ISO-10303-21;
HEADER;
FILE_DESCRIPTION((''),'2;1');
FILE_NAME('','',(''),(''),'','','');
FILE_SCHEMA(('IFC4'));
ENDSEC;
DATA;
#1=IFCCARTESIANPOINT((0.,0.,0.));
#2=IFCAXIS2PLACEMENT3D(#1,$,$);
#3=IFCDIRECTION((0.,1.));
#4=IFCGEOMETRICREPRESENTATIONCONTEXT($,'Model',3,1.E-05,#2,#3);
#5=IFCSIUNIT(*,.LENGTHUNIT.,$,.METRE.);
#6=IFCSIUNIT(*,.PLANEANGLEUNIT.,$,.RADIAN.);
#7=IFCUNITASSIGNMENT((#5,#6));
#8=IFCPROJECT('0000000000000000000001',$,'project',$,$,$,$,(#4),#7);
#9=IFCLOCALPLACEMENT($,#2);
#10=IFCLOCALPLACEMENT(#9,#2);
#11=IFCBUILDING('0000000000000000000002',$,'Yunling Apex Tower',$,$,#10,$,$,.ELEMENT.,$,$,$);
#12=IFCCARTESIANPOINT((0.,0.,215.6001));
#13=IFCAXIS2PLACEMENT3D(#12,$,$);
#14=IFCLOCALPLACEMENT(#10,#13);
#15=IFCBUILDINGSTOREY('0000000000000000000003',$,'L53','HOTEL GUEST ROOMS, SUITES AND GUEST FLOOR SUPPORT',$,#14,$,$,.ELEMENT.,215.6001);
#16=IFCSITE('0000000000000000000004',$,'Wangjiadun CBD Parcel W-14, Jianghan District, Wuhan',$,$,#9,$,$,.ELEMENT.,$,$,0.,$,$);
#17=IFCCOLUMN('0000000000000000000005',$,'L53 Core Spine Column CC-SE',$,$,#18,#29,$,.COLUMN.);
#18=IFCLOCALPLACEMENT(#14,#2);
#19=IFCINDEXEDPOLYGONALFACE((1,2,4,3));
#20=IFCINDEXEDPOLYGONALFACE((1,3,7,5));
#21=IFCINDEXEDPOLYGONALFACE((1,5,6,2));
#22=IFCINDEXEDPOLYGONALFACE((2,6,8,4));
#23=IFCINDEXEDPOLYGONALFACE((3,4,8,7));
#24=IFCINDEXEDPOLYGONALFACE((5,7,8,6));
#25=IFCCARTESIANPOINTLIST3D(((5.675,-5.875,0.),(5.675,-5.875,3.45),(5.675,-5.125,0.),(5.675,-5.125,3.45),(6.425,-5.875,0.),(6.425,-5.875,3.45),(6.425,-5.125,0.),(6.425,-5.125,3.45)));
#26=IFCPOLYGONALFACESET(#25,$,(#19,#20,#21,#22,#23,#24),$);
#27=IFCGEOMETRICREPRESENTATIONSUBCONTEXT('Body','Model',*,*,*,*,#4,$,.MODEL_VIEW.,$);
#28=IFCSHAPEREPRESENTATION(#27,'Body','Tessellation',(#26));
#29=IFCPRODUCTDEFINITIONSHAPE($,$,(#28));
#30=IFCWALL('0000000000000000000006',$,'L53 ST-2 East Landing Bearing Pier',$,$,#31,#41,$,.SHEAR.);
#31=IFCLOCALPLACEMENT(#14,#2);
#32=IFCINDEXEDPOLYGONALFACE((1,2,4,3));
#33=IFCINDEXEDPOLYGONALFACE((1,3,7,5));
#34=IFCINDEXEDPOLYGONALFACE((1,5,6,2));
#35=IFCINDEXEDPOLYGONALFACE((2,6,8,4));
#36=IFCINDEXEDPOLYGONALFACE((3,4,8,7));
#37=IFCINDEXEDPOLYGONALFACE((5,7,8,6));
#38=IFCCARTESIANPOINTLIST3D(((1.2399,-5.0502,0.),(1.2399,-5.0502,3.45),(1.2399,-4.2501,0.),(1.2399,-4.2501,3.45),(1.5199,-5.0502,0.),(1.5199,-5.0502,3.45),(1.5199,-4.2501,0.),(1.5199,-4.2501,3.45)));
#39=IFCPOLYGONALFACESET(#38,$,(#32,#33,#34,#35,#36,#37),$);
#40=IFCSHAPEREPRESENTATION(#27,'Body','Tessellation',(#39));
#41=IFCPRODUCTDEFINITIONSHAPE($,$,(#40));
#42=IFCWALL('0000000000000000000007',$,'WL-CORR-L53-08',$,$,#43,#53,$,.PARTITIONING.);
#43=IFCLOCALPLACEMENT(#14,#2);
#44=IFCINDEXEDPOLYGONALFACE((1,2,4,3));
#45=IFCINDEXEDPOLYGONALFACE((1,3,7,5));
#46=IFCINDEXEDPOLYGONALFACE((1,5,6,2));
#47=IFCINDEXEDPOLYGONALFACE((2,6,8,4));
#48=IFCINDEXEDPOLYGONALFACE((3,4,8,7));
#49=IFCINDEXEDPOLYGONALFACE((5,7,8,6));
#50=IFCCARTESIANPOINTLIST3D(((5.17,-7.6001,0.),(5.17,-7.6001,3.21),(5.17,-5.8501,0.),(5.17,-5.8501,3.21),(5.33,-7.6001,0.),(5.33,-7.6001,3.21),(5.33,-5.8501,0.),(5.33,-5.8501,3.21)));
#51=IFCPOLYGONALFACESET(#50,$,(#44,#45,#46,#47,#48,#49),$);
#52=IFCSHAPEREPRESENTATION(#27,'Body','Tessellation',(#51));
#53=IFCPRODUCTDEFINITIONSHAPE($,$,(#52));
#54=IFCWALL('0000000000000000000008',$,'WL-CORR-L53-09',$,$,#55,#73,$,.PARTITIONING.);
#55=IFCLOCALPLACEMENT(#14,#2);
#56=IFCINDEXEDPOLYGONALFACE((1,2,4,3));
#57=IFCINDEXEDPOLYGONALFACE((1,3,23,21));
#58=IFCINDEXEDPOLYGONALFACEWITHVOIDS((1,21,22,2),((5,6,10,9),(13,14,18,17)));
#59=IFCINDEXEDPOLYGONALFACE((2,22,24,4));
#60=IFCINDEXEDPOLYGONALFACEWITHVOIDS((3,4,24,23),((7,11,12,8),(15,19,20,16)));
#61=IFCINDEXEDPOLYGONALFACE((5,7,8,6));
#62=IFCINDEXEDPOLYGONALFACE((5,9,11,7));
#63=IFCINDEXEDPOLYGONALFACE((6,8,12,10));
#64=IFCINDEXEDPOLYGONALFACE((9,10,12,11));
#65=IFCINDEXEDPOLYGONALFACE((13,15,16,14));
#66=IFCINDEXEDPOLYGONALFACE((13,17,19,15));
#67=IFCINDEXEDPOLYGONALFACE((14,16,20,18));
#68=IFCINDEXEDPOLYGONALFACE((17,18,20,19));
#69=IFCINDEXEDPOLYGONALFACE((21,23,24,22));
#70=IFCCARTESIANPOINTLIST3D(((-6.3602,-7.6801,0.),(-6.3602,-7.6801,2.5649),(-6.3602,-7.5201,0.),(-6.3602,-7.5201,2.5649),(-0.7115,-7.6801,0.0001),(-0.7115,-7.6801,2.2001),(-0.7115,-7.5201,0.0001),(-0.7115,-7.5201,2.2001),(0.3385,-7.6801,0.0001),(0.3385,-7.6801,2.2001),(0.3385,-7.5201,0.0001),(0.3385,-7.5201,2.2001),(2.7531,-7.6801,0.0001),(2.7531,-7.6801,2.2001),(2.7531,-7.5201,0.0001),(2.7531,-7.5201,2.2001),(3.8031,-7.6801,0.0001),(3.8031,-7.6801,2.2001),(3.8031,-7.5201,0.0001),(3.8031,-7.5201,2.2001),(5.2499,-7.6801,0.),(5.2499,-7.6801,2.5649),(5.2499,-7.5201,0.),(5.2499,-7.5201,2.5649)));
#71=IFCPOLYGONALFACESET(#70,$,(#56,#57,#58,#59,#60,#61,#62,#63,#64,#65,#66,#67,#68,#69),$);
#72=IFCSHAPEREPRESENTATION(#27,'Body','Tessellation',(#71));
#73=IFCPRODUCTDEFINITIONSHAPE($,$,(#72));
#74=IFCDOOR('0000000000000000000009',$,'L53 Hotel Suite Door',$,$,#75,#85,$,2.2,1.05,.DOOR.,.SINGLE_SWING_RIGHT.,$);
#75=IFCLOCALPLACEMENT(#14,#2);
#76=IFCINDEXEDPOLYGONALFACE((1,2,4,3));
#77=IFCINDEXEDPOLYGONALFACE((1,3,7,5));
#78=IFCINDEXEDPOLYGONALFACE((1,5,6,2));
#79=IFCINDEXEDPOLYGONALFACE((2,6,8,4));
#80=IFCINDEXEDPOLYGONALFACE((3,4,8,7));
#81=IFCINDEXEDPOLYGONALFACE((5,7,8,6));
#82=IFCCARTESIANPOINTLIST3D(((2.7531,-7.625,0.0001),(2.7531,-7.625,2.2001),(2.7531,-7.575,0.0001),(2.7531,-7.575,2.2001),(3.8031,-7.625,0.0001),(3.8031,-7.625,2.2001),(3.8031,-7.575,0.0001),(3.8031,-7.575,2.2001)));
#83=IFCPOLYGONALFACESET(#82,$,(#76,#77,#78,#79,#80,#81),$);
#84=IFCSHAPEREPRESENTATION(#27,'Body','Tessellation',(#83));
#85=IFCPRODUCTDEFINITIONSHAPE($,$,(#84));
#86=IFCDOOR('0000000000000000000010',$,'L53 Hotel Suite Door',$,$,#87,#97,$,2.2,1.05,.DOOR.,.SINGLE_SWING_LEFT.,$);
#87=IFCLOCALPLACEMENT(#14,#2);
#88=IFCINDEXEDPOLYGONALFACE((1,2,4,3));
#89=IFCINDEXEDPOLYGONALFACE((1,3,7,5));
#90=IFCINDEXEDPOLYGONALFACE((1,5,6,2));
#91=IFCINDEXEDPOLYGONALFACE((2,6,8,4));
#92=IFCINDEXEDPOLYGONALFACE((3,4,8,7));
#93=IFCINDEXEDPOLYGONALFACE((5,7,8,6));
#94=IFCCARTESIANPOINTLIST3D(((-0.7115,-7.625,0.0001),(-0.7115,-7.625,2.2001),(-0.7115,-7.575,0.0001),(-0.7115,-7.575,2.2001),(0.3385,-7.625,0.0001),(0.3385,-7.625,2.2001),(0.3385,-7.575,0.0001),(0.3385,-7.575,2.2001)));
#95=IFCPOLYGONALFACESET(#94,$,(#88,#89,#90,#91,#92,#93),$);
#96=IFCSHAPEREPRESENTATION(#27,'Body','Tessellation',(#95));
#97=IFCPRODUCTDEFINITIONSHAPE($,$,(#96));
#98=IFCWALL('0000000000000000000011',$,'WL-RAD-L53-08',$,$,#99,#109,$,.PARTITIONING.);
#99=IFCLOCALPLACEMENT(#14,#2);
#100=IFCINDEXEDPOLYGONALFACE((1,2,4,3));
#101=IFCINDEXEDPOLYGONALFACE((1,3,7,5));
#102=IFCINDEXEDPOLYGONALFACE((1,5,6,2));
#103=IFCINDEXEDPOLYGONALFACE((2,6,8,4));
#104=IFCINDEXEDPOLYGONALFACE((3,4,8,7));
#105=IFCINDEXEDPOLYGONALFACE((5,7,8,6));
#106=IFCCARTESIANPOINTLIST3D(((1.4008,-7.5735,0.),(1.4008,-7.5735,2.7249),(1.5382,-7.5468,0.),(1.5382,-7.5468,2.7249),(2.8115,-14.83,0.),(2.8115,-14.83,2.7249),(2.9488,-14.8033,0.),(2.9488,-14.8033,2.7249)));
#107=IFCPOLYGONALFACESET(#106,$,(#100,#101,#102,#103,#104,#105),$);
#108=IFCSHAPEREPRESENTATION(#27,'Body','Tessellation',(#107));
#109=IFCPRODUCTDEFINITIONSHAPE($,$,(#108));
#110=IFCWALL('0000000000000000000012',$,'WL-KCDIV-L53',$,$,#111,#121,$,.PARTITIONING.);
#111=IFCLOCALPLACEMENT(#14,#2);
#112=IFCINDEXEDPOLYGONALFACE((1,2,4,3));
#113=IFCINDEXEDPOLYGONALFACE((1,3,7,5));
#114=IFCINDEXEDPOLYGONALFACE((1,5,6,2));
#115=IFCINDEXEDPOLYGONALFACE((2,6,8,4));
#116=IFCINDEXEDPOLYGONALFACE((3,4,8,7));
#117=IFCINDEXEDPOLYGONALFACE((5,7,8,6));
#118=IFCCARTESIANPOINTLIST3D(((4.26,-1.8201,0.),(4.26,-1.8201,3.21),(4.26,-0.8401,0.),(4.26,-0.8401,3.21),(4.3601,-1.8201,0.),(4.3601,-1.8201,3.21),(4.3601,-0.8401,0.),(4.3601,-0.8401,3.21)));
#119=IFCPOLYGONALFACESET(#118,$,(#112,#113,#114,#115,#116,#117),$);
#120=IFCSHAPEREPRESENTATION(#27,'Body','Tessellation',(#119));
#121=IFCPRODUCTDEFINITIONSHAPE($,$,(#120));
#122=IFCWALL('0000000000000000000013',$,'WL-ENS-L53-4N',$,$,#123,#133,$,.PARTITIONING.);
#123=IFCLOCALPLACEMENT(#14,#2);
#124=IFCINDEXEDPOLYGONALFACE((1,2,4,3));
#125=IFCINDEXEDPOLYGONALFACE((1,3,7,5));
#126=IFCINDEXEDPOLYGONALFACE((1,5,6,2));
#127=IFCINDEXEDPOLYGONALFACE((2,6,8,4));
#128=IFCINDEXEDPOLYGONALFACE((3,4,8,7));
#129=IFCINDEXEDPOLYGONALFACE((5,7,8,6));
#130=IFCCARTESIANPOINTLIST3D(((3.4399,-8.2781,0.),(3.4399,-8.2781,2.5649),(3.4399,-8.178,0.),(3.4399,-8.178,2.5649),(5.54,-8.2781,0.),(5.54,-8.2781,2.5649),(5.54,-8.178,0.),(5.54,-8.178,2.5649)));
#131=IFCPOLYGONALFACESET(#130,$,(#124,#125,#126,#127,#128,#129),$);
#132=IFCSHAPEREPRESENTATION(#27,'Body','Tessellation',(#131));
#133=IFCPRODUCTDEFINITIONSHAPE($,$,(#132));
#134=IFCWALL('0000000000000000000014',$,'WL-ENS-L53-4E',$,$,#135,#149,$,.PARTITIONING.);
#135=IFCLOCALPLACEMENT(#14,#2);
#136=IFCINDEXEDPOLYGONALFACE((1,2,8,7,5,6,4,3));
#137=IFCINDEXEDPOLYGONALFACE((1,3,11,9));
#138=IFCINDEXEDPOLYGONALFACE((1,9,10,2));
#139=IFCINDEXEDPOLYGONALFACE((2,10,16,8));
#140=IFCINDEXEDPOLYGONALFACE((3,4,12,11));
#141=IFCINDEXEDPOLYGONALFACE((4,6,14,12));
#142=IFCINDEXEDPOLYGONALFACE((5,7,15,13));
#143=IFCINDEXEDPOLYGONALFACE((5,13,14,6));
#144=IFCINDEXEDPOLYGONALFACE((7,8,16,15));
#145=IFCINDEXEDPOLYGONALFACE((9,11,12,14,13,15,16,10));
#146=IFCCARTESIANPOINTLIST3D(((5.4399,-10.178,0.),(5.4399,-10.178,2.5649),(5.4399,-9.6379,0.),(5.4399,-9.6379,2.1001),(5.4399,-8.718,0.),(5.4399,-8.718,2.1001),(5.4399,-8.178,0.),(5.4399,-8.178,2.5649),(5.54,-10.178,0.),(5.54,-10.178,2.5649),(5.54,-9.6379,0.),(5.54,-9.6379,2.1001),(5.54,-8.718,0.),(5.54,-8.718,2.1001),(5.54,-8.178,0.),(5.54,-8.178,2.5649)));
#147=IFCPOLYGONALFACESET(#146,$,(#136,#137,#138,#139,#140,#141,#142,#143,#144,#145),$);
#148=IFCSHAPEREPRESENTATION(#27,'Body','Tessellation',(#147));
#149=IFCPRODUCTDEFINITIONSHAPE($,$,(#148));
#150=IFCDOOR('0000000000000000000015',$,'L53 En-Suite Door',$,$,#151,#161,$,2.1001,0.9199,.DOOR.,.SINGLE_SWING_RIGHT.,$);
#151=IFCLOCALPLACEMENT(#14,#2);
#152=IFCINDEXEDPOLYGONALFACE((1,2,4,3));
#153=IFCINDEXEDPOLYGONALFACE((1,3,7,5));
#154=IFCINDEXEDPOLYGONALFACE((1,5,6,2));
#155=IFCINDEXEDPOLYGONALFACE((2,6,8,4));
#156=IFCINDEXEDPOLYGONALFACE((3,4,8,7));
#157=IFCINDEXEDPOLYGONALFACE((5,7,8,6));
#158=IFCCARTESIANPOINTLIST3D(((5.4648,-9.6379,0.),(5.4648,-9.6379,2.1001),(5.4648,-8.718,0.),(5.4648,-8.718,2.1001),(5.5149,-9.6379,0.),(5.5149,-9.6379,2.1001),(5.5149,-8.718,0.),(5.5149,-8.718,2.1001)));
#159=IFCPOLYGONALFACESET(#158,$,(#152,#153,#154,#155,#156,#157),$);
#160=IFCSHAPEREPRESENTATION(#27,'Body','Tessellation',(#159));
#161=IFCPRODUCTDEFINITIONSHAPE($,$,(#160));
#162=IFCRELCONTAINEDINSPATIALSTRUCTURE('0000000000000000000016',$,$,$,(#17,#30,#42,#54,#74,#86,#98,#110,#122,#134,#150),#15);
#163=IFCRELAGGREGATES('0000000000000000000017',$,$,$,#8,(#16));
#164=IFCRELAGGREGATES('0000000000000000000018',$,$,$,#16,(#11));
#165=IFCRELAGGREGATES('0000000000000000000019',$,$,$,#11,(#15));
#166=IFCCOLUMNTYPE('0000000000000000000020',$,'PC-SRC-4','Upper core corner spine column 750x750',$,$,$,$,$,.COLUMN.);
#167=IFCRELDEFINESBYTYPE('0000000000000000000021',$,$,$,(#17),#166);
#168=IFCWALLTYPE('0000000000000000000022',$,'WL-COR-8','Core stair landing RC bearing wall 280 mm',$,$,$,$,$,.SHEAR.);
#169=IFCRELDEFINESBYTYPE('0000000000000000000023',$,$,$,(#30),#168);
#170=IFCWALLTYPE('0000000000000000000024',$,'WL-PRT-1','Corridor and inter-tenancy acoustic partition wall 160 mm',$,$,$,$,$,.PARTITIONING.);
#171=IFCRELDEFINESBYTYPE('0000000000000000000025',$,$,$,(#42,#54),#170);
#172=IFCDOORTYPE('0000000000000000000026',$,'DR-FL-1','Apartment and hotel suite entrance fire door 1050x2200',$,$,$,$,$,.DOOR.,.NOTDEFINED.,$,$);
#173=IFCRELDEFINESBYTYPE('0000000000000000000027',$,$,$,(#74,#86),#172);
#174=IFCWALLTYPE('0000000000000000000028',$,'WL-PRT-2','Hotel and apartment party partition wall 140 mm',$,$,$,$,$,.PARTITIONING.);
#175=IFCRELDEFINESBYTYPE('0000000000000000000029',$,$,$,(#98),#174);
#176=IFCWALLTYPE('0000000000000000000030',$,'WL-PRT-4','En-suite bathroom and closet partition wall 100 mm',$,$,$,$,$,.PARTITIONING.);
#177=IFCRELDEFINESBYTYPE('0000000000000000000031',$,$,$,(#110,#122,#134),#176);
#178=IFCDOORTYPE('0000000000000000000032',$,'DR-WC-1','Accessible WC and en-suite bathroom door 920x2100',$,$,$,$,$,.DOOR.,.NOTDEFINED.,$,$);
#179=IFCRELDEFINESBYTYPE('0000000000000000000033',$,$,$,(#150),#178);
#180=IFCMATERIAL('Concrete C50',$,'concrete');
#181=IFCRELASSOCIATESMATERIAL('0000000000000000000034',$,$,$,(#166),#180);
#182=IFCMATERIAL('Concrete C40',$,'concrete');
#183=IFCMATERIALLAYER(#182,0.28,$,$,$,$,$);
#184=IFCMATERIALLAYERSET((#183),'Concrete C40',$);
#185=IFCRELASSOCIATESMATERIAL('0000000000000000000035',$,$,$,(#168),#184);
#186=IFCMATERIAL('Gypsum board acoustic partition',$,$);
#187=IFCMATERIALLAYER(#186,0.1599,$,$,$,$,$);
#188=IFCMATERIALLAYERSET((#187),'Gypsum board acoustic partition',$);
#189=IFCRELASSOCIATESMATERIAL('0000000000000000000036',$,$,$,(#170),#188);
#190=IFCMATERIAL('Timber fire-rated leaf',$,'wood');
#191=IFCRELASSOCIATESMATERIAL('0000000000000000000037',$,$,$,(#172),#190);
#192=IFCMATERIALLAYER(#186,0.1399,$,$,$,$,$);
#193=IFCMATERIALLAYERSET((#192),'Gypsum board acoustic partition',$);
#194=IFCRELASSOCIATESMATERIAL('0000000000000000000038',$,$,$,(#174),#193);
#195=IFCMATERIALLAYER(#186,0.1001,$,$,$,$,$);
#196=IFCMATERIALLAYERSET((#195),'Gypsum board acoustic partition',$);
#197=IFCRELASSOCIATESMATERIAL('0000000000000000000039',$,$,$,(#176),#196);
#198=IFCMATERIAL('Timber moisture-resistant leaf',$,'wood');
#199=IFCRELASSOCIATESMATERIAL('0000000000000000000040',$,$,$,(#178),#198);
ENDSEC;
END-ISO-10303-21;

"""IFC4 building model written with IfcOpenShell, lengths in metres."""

from ifc_helpers import new_model, si_unit, direction, frame, frame_2d, origin, origin_2d, place, context, subcontext, project, spatial, rectangle, extrude, source, transform, mapped, material, layer, layer_set, material_profile, profile_set, type_object, element, fill, save


model = new_model("IFC4")

# Units and contexts
model_context = context("Model", 3, precision=1e-05, world=origin(), true_north=direction((0.0, 1.0)))
body_context = subcontext(model_context, "Body", "Model", "MODEL_VIEW")
ifc_project = project(units=[si_unit("LENGTHUNIT", "METRE"), si_unit("PLANEANGLEUNIT", "RADIAN")], contexts=[model_context])

# Site, building, storey
site_placement = place(None, origin())
site = spatial("IfcSite", under=ifc_project, at=site_placement, Name="Wangjiadun CBD Parcel W-14, Jianghan District, Wuhan", CompositionType="ELEMENT", RefElevation=0.0)
building_placement = place(site_placement, origin())
building = spatial("IfcBuilding", under=site, at=building_placement, Name="Yunling Apex Tower", CompositionType="ELEMENT")
storey_placement = place(building_placement, frame((0.0, 0.0, 215.6001)))
storey = spatial("IfcBuildingStorey", under=building, at=storey_placement, Name="L53", Description="HOTEL GUEST ROOMS, SUITES AND GUEST FLOOR SUPPORT", CompositionType="ELEMENT", Elevation=215.6001)

# Column
ifc_material_1 = material(Name="Concrete C50", Category="concrete")
ifc_material_profile = material_profile(ifc_material_1, rectangle(XDim=0.75, YDim=0.75, at=origin_2d()))
ifc_profile_set = profile_set([ifc_material_profile], Name="Concrete C50")
column_type = type_object("IfcColumnType", Name="PC-SRC-4", Description="Upper core corner spine column 750x750", PredefinedType="COLUMN", material=ifc_profile_set)
shared_shape = source(origin(), body_context, "Body", "SweptSolid", [
    extrude(rectangle(XDim=0.75, YDim=0.75, at=origin_2d()), origin(), (0.0, 0.0, 1.0), 3.45),
])
column_placement = place(storey_placement, frame((6.05, -5.5, 0.0), z_axis=(0.0, 0.0, 1.0), x_axis=(1.0, 0.0, 0.0)))
element("IfcColumn", 1, at=column_placement, inside=storey, type_object=column_type, Name="L53 Core Spine Column CC-SE", PredefinedType="COLUMN", context=body_context, shape_type="MappedRepresentation", body=[
    mapped(shared_shape, transform((0.0, 0.0, 0.0), scale=1.0)),
])

# Walls
ifc_material_2 = material(Name="Concrete C40", Category="concrete")
ifc_layer_1 = layer(ifc_material_2, 0.28)
ifc_layer_set_1 = layer_set([ifc_layer_1], Name="Concrete C40")
wall_type_1 = type_object("IfcWallType", Name="WL-COR-8", Description="Core stair landing RC bearing wall 280 mm", PredefinedType="SHEAR", material=ifc_layer_set_1)
wall_1_placement = place(storey_placement, frame((1.3799, -5.05, 0.0), z_axis=(0.0, 0.0, 1.0), x_axis=(0.0, 1.0, 0.0)))
element("IfcWall", 2, at=wall_1_placement, inside=storey, type_object=wall_type_1, Name="L53 ST-2 East Landing Bearing Pier", PredefinedType="SHEAR", context=body_context, shape_type="SweptSolid", body=[
    extrude(rectangle(XDim=0.8, YDim=0.28, at=frame_2d((0.3999, 0.0))), origin(), (0.0, 0.0, 1.0), 3.45),
])
ifc_material_3 = material(Name="Gypsum board acoustic partition")
ifc_layer_2 = layer(ifc_material_3, 0.1599)
ifc_layer_set_2 = layer_set([ifc_layer_2], Name="Gypsum board acoustic partition")
wall_type_2 = type_object("IfcWallType", Name="WL-PRT-1", Description="Corridor and inter-tenancy acoustic partition wall 160 mm", PredefinedType="PARTITIONING", material=ifc_layer_set_2)
wall_2_placement = place(storey_placement, frame((5.25, -5.8501, 0.0), z_axis=(0.0, 0.0, 1.0), x_axis=(0.0, -1.0, 0.0)))
element("IfcWall", 3, at=wall_2_placement, inside=storey, type_object=wall_type_2, Name="WL-CORR-L53-08", PredefinedType="PARTITIONING", context=body_context, shape_type="SweptSolid", body=[
    extrude(rectangle(XDim=1.75, YDim=0.1599, at=frame_2d((0.875, 0.0))), origin(), (0.0, 0.0, 1.0), 3.21),
])

# Wall, openings, doors
wall_3_placement = place(storey_placement, frame((5.25, -7.6001, 0.0), z_axis=(0.0, 0.0, 1.0), x_axis=(-1.0, 0.0, 0.0)))
wall_3 = element("IfcWall", 4, at=wall_3_placement, inside=storey, type_object=wall_type_2, Name="WL-CORR-L53-09", PredefinedType="PARTITIONING", context=body_context, shape_type="SweptSolid", body=[
    extrude(rectangle(XDim=11.6101, YDim=0.1599, at=frame_2d((5.8052, 0.0))), origin(), (0.0, 0.0, 1.0), 2.5649),
])
opening_1_placement = place(wall_3_placement, frame((1.447, 0.0, 0.0)))
opening_1 = element("IfcOpeningElement", 5, at=opening_1_placement, cuts=wall_3, PredefinedType="OPENING", context=body_context, shape_type="SweptSolid", body=[
    extrude(rectangle(XDim=1.05, YDim=2.2, at=frame_2d((0.5249, 1.1001))), frame((0.0, 0.0898, 0.0), z_axis=(0.0, -1.0, 0.0), x_axis=(1.0, 0.0, 0.0)), (0.0, 0.0, 1.0), 0.1799),
])
opening_2_placement = place(wall_3_placement, frame((4.9116, 0.0, 0.0)))
opening_2 = element("IfcOpeningElement", 6, at=opening_2_placement, cuts=wall_3, PredefinedType="OPENING", context=body_context, shape_type="SweptSolid", body=[
    extrude(rectangle(XDim=1.05, YDim=2.2, at=frame_2d((0.5249, 1.1001))), frame((0.0, 0.0898, 0.0), z_axis=(0.0, -1.0, 0.0), x_axis=(1.0, 0.0, 0.0)), (0.0, 0.0, 1.0), 0.1799),
])
ifc_material_4 = material(Name="Timber fire-rated leaf", Category="wood")
door_type_1 = type_object("IfcDoorType", Name="DR-FL-1", Description="Apartment and hotel suite entrance fire door 1050x2200", OperationType="NOTDEFINED", PredefinedType="DOOR", material=ifc_material_4)
door_1_placement = place(opening_1_placement, origin())
door_1 = element("IfcDoor", 7, at=door_1_placement, inside=storey, type_object=door_type_1, Name="L53 Hotel Suite Door", OperationType="SINGLE_SWING_RIGHT", OverallHeight=2.2, OverallWidth=1.05, PredefinedType="DOOR", context=body_context, shape_type="SweptSolid", body=[
    extrude(rectangle(XDim=1.05, YDim=2.2, at=frame_2d((0.5249, 1.1001))), frame((0.0, 0.0249, 0.0), z_axis=(0.0, -1.0, 0.0), x_axis=(1.0, 0.0, 0.0)), (0.0, 0.0, 1.0), 0.05),
])
fill(opening_1, door_1)
door_2_placement = place(opening_2_placement, origin())
door_2 = element("IfcDoor", 8, at=door_2_placement, inside=storey, type_object=door_type_1, Name="L53 Hotel Suite Door", OperationType="SINGLE_SWING_LEFT", OverallHeight=2.2, OverallWidth=1.05, PredefinedType="DOOR", context=body_context, shape_type="SweptSolid", body=[
    extrude(rectangle(XDim=1.05, YDim=2.2, at=frame_2d((0.5249, 1.1001))), frame((0.0, 0.0249, 0.0), z_axis=(0.0, -1.0, 0.0), x_axis=(1.0, 0.0, 0.0)), (0.0, 0.0, 1.0), 0.05),
])
fill(opening_2, door_2)

# Walls
ifc_layer_3 = layer(ifc_material_3, 0.1399)
ifc_layer_set_3 = layer_set([ifc_layer_3], Name="Gypsum board acoustic partition")
wall_type_3 = type_object("IfcWallType", Name="WL-PRT-2", Description="Hotel and apartment party partition wall 140 mm", PredefinedType="PARTITIONING", material=ifc_layer_set_3)
wall_4_placement = place(storey_placement, frame((1.4695, -7.5601, 0.0), z_axis=(0.0, 0.0, 1.0), x_axis=(0.190823, -0.981624, 0.0)))
element("IfcWall", 9, at=wall_4_placement, inside=storey, type_object=wall_type_3, Name="WL-RAD-L53-08", PredefinedType="PARTITIONING", context=body_context, shape_type="SweptSolid", body=[
    extrude(rectangle(XDim=7.3923, YDim=0.1399, at=frame_2d((3.6963, 0.0))), origin(), (0.0, 0.0, 1.0), 2.7249),
])
ifc_layer_4 = layer(ifc_material_3, 0.1001)
ifc_layer_set_4 = layer_set([ifc_layer_4], Name="Gypsum board acoustic partition")
wall_type_4 = type_object("IfcWallType", Name="WL-PRT-4", Description="En-suite bathroom and closet partition wall 100 mm", PredefinedType="PARTITIONING", material=ifc_layer_set_4)
wall_5_placement = place(storey_placement, frame((4.3101, -1.8201, 0.0), z_axis=(0.0, 0.0, 1.0), x_axis=(0.0, 1.0, 0.0)))
element("IfcWall", 10, at=wall_5_placement, inside=storey, type_object=wall_type_4, Name="WL-KCDIV-L53", PredefinedType="PARTITIONING", context=body_context, shape_type="SweptSolid", body=[
    extrude(rectangle(XDim=0.98, YDim=0.1001, at=frame_2d((0.49, 0.0))), origin(), (0.0, 0.0, 1.0), 3.21),
])
wall_6_placement = place(storey_placement, frame((3.4399, -8.228, 0.0), z_axis=(0.0, 0.0, 1.0), x_axis=(1.0, 0.0, 0.0)))
element("IfcWall", 11, at=wall_6_placement, inside=storey, type_object=wall_type_4, Name="WL-ENS-L53-4N", PredefinedType="PARTITIONING", context=body_context, shape_type="SweptSolid", body=[
    extrude(rectangle(XDim=2.1001, YDim=0.1001, at=frame_2d((1.05, 0.0))), origin(), (0.0, 0.0, 1.0), 2.5649),
])

# Wall, opening, door
wall_7_placement = place(storey_placement, frame((5.49, -8.178, 0.0), z_axis=(0.0, 0.0, 1.0), x_axis=(0.0, -1.0, 0.0)))
wall_7 = element("IfcWall", 12, at=wall_7_placement, inside=storey, type_object=wall_type_4, Name="WL-ENS-L53-4E", PredefinedType="PARTITIONING", context=body_context, shape_type="SweptSolid", body=[
    extrude(rectangle(XDim=2.0, YDim=0.1001, at=frame_2d((1.0, 0.0))), origin(), (0.0, 0.0, 1.0), 2.5649),
])
opening_3_placement = place(wall_7_placement, frame((0.54, 0.0, 0.0)))
opening_3 = element("IfcOpeningElement", 13, at=opening_3_placement, cuts=wall_7, PredefinedType="OPENING", context=body_context, shape_type="SweptSolid", body=[
    extrude(rectangle(XDim=0.9199, YDim=2.1001, at=frame_2d((0.46, 1.05))), frame((0.0, 0.0601, 0.0), z_axis=(0.0, -1.0, 0.0), x_axis=(1.0, 0.0, 0.0)), (0.0, 0.0, 1.0), 0.1201),
])
ifc_material_5 = material(Name="Timber moisture-resistant leaf", Category="wood")
door_type_2 = type_object("IfcDoorType", Name="DR-WC-1", Description="Accessible WC and en-suite bathroom door 920x2100", OperationType="NOTDEFINED", PredefinedType="DOOR", material=ifc_material_5)
door_3_placement = place(opening_3_placement, origin())
door_3 = element("IfcDoor", 14, at=door_3_placement, inside=storey, type_object=door_type_2, Name="L53 En-Suite Door", OperationType="SINGLE_SWING_RIGHT", OverallHeight=2.1001, OverallWidth=0.9199, PredefinedType="DOOR", context=body_context, shape_type="SweptSolid", body=[
    extrude(rectangle(XDim=0.9199, YDim=2.1001, at=frame_2d((0.46, 1.05))), frame((0.0, 0.0249, 0.0), z_axis=(0.0, -1.0, 0.0), x_axis=(1.0, 0.0, 0.0)), (0.0, 0.0, 1.0), 0.05),
])
fill(opening_3, door_3)

save(model, "model.ifc")
